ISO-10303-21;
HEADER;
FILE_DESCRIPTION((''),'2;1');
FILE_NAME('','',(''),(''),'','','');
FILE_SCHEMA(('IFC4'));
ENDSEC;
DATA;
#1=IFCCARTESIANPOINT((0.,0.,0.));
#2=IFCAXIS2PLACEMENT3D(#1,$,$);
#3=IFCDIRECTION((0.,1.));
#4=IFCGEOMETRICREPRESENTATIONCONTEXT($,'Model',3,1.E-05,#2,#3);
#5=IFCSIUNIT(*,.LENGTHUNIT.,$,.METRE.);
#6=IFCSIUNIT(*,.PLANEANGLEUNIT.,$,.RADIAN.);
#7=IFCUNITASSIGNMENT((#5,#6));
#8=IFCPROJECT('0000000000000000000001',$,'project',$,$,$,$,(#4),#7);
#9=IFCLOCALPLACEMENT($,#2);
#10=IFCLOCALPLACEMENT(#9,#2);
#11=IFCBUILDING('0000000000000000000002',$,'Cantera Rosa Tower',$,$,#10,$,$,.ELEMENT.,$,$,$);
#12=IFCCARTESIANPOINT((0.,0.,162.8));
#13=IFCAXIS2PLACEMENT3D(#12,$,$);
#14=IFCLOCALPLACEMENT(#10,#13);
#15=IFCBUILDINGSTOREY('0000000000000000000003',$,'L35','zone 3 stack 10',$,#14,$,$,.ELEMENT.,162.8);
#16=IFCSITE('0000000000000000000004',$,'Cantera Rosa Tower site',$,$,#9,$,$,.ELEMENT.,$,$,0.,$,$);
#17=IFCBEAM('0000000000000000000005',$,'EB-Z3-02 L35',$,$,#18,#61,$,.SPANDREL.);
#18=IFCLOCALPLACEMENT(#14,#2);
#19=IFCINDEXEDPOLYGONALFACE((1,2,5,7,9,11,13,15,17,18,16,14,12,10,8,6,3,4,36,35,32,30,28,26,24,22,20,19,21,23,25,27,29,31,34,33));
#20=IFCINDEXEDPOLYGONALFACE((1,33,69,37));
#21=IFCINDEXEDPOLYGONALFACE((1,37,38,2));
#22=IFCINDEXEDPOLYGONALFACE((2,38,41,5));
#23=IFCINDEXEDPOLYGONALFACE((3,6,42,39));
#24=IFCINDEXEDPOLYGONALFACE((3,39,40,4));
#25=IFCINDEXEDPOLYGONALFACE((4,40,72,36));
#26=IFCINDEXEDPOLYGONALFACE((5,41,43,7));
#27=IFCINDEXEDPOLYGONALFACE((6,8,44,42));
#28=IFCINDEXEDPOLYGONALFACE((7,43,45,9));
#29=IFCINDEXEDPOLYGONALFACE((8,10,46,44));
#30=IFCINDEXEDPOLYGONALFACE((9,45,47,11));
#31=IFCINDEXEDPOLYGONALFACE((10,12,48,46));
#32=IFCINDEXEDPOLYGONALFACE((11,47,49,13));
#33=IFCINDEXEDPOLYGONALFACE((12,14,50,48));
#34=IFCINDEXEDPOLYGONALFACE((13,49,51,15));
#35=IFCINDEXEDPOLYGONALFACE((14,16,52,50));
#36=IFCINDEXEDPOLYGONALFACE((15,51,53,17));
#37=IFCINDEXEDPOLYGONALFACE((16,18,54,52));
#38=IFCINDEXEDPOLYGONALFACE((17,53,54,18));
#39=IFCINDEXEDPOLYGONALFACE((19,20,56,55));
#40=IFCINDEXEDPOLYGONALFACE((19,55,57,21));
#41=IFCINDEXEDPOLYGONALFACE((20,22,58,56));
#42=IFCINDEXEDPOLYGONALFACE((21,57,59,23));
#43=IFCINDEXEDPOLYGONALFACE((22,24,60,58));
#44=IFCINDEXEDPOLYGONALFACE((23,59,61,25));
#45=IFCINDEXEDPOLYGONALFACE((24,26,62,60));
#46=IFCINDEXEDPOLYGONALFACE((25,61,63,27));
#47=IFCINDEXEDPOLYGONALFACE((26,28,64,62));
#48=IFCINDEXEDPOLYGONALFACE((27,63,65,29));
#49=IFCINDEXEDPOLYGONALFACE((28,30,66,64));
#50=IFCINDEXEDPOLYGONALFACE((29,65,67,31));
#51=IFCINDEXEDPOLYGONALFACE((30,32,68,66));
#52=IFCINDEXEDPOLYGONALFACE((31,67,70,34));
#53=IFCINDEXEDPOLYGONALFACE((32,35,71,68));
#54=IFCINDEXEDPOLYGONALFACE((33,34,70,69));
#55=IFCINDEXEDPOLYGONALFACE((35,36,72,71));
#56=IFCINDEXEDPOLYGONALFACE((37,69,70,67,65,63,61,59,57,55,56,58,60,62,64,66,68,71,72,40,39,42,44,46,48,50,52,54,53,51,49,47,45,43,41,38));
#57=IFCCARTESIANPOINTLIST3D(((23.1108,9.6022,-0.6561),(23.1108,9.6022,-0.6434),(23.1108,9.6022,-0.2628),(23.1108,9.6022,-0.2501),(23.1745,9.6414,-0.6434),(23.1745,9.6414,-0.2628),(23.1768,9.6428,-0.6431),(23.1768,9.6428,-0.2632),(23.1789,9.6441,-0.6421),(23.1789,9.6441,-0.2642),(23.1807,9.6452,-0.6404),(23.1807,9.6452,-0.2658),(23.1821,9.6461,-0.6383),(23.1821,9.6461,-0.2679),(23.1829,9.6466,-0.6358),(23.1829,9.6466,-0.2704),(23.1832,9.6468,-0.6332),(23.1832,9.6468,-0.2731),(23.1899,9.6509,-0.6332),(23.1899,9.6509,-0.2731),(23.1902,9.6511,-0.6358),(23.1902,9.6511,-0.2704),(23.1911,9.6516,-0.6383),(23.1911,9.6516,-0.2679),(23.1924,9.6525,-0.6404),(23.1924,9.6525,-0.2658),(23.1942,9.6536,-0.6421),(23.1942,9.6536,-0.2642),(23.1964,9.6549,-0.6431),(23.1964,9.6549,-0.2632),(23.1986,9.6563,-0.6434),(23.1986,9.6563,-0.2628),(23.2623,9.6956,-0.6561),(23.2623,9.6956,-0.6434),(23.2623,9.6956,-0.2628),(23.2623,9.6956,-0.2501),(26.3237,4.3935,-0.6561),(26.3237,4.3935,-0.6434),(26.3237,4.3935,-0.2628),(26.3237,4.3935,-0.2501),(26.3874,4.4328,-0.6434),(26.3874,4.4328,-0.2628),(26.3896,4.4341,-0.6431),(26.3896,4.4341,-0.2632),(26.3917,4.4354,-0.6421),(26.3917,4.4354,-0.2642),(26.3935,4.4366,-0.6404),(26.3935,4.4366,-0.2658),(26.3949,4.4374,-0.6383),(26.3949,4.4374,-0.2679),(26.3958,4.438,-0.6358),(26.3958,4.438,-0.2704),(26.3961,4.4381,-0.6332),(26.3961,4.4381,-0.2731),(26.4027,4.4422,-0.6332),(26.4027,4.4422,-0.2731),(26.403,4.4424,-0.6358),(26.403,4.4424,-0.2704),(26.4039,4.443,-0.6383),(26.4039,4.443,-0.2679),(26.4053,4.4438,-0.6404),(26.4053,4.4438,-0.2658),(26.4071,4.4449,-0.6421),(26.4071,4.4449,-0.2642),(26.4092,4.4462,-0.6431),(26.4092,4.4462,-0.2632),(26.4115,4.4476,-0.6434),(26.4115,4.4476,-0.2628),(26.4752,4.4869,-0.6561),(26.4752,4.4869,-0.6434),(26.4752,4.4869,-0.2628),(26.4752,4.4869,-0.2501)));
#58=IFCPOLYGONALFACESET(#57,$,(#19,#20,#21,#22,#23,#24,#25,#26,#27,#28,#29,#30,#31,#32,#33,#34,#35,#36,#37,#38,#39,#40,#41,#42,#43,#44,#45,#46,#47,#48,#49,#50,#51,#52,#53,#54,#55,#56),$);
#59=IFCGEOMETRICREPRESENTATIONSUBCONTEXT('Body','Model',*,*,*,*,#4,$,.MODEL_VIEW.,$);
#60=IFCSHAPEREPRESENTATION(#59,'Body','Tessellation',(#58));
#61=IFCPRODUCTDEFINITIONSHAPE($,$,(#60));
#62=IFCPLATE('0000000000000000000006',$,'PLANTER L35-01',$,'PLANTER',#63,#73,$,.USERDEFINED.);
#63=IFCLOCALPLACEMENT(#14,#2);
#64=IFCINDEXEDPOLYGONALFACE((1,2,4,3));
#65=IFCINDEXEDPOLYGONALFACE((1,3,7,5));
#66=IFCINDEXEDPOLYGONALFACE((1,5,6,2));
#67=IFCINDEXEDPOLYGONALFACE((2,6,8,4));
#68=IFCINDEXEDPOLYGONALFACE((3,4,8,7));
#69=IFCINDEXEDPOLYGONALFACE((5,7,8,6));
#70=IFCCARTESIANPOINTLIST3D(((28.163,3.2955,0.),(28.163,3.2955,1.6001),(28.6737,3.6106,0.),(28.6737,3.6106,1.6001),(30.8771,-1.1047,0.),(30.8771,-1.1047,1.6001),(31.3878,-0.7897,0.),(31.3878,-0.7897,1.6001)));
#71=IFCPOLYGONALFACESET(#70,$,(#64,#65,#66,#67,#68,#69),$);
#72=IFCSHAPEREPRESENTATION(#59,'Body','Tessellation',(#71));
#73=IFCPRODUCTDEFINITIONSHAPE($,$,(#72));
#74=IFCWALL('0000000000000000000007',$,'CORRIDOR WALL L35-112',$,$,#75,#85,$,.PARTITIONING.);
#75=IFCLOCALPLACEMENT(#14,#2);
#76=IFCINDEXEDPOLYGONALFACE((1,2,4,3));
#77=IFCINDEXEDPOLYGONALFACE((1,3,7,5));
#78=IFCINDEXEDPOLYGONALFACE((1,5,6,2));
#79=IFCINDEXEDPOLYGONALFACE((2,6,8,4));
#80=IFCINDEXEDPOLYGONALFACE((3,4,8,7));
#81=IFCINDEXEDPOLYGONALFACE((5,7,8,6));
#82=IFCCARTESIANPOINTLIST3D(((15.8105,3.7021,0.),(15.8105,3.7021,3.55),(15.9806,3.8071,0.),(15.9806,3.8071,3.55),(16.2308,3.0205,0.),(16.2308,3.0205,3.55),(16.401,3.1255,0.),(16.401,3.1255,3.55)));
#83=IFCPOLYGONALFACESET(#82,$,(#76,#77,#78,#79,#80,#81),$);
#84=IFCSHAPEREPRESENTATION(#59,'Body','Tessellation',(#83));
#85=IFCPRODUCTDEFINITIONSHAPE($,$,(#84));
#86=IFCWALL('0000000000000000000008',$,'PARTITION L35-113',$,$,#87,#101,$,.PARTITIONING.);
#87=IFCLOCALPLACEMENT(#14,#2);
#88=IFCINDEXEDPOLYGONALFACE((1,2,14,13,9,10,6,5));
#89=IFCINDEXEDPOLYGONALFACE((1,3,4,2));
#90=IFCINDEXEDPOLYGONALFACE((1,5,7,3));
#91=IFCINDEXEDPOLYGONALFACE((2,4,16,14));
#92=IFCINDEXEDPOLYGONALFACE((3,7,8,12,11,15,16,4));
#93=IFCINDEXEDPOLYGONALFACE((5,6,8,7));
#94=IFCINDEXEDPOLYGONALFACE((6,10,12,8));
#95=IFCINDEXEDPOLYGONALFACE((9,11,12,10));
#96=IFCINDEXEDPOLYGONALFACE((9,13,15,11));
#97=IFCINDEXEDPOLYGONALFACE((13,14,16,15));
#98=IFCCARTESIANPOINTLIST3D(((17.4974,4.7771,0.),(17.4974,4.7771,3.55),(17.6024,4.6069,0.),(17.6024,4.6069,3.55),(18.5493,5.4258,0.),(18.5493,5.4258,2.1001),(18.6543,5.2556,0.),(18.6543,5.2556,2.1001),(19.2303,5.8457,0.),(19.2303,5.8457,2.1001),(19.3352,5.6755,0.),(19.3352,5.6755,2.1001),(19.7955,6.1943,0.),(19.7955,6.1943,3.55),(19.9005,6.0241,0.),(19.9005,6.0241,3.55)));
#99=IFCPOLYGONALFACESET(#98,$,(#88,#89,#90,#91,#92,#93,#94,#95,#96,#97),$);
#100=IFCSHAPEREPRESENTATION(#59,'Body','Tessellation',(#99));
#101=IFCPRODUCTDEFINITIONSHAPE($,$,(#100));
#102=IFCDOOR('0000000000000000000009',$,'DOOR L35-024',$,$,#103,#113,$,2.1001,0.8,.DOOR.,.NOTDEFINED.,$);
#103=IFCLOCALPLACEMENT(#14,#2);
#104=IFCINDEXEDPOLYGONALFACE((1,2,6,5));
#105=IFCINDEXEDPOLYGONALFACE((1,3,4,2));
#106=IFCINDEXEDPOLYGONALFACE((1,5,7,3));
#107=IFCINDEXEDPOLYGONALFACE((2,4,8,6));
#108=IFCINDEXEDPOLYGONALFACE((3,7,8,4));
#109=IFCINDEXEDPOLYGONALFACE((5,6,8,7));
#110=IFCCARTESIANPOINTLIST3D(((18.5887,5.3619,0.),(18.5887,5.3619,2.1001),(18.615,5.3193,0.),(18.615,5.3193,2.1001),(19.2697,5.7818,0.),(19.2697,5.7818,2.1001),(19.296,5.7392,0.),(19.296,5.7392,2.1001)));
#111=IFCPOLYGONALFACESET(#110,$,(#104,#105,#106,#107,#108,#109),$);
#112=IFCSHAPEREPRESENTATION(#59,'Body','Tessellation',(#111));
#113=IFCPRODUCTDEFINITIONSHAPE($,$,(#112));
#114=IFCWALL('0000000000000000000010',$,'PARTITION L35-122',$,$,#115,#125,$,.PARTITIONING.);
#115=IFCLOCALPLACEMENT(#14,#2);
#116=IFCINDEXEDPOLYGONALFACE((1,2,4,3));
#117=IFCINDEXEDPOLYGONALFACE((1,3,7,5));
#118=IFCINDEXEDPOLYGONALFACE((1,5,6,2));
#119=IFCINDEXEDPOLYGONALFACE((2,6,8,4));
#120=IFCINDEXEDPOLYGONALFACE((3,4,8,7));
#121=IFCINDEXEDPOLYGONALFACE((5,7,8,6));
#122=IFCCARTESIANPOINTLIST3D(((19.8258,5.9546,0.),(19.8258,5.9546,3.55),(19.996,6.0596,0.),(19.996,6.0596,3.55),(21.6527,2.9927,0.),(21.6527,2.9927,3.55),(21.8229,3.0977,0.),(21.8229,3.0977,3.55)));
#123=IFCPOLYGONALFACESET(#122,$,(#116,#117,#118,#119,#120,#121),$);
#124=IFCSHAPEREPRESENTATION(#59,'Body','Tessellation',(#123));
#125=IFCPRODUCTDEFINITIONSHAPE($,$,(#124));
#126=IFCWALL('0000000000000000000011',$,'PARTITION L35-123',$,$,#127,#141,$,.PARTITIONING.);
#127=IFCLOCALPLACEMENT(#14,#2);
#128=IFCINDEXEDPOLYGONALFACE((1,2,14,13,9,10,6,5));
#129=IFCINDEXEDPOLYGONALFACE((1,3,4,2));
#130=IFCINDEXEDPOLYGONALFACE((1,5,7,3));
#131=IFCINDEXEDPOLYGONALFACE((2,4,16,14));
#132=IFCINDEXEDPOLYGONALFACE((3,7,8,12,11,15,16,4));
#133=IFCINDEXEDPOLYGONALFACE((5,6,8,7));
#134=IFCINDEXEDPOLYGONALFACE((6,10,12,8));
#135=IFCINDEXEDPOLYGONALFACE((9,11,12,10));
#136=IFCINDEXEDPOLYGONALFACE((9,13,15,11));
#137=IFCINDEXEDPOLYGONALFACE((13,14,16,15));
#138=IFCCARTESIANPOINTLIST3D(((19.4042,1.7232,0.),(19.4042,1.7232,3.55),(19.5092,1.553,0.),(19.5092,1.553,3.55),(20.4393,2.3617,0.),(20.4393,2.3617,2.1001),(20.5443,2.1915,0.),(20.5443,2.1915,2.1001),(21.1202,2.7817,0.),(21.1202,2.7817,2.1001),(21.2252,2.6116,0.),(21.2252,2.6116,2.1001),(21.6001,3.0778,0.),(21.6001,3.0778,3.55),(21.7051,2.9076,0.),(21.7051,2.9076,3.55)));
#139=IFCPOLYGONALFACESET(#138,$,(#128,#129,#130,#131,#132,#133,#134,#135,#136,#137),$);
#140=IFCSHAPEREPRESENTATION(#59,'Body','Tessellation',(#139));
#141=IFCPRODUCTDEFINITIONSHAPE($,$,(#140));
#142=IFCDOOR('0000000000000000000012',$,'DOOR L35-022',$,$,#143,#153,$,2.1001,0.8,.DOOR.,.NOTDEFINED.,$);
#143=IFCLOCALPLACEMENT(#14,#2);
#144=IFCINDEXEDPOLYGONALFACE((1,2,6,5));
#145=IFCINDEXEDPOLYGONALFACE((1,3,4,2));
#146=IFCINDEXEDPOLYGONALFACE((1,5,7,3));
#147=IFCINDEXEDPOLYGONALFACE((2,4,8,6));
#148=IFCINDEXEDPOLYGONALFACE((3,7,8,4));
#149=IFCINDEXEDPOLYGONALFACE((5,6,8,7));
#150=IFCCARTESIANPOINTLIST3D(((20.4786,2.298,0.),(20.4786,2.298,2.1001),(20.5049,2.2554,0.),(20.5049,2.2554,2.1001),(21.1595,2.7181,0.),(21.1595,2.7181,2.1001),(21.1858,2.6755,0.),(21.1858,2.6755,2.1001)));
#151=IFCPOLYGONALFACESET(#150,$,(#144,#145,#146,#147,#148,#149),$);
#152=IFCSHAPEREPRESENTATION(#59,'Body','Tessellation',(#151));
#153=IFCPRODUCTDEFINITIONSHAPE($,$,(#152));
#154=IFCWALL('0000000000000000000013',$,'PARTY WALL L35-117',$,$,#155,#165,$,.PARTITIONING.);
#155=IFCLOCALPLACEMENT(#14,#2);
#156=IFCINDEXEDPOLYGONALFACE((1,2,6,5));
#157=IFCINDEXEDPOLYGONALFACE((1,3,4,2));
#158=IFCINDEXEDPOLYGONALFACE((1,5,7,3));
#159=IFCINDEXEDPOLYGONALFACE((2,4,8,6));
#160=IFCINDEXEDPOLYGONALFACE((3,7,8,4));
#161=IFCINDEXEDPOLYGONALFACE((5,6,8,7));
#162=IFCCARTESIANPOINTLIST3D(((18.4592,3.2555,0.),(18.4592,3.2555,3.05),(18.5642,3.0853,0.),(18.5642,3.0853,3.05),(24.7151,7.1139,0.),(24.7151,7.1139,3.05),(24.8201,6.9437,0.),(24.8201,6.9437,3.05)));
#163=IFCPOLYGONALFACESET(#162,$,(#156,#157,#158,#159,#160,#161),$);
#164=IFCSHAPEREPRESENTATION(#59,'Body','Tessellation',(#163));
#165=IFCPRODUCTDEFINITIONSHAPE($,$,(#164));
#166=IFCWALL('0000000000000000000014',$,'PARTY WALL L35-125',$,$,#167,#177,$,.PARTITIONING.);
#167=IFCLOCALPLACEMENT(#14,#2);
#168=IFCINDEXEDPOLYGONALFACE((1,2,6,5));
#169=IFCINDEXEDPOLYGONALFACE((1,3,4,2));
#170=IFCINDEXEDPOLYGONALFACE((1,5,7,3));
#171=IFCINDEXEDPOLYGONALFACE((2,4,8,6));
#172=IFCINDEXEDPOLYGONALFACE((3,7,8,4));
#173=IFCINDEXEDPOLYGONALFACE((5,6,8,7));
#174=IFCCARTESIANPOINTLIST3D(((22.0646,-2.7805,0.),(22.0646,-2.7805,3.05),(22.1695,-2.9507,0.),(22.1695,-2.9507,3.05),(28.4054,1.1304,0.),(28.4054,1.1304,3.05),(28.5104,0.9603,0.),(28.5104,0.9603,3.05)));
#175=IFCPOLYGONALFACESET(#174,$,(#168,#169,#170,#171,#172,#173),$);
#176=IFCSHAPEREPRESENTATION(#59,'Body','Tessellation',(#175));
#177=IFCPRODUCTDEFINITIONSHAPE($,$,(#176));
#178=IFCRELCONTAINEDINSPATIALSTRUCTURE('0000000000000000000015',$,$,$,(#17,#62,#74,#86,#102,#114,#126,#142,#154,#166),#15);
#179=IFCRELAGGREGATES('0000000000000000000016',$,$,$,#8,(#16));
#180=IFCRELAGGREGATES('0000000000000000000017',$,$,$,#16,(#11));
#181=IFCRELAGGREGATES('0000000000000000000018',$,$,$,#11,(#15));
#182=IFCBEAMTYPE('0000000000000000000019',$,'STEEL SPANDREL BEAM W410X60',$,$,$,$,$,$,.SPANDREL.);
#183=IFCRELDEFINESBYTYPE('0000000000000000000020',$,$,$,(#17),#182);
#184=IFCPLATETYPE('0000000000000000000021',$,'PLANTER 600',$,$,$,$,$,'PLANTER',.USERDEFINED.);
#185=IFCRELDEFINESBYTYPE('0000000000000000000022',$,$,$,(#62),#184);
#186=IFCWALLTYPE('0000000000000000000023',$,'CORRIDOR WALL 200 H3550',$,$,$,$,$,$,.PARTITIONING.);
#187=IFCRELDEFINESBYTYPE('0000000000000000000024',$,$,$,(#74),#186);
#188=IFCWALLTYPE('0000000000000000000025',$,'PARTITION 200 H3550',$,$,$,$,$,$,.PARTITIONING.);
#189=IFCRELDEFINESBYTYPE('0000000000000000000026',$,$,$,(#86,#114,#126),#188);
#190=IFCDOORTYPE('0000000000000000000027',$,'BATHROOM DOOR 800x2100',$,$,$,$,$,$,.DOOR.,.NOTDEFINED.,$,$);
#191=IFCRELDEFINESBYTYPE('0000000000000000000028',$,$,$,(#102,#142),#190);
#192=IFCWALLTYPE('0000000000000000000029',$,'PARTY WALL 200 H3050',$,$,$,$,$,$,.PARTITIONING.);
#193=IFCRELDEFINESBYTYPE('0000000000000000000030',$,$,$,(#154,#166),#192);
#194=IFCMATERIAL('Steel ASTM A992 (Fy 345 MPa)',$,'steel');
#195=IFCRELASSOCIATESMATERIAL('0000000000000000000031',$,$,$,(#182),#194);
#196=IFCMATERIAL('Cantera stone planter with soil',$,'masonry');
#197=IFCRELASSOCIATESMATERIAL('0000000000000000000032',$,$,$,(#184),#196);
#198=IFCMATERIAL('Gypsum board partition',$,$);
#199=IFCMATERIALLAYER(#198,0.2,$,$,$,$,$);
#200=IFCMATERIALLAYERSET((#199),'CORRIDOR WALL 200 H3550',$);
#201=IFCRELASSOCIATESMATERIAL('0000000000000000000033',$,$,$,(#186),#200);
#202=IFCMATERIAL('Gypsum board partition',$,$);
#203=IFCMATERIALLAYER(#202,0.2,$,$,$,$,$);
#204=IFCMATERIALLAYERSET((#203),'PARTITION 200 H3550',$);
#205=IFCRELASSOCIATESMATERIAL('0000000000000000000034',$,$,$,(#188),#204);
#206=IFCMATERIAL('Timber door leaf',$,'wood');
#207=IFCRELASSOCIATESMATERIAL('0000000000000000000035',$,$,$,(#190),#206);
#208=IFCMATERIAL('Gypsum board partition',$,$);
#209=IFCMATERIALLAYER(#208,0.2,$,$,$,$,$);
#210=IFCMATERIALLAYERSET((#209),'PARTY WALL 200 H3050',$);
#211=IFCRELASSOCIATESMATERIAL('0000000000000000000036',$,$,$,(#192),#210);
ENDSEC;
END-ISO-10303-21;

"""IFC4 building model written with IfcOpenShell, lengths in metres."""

from ifc_helpers import new_model, si_unit, direction, frame, frame_2d, origin, origin_2d, place, context, subcontext, project, spatial, rectangle, i_section, extrude, material, layer, layer_set, material_profile, profile_set, type_object, element, fill, save


model = new_model("IFC4")

# Units and contexts
model_context = context("Model", 3, precision=1e-05, world=origin(), true_north=direction((0.0, 1.0)))
body_context = subcontext(model_context, "Body", "Model", "MODEL_VIEW")
ifc_project = project(units=[si_unit("LENGTHUNIT", "METRE"), si_unit("PLANEANGLEUNIT", "RADIAN")], contexts=[model_context])

# Site, building, storey
site_placement = place(None, origin())
site = spatial("IfcSite", under=ifc_project, at=site_placement, Name="Cantera Rosa Tower site", CompositionType="ELEMENT", RefElevation=0.0)
building_placement = place(site_placement, origin())
building = spatial("IfcBuilding", under=site, at=building_placement, Name="Cantera Rosa Tower", CompositionType="ELEMENT")
storey_placement = place(building_placement, frame((0.0, 0.0, 162.8)))
storey = spatial("IfcBuildingStorey", under=building, at=storey_placement, Name="L35", Description="zone 3 stack 10", CompositionType="ELEMENT", Elevation=162.8)

# Beam
ifc_material_1 = material(Name="Steel ASTM A992 (Fy 345 MPa)", Category="steel")
ifc_material_profile_1 = material_profile(ifc_material_1, i_section(OverallWidth=0.178, OverallDepth=0.406, WebThickness=0.0078, FlangeThickness=0.0127, FilletRadius=0.0103, at=origin_2d()), Name="W410X60")
ifc_profile_set_1 = profile_set([ifc_material_profile_1], Name="Steel ASTM A992 (Fy 345 MPa)")
beam_type_1 = type_object("IfcBeamType", Name="STEEL SPANDREL BEAM W410X60", PredefinedType="SPANDREL", material=ifc_profile_set_1)
beam_1_placement = place(storey_placement, frame((26.3994, 4.4402, -0.4531), z_axis=(-0.524987, 0.85111, 0.0), x_axis=(-0.85111, -0.524987, 0.0)))
element("IfcBeam", 1, at=beam_1_placement, inside=storey, type_object=beam_type_1, Name="EB-Z3-02 L35", PredefinedType="SPANDREL", context=body_context, shape_type="SweptSolid", body=[
    extrude(i_section(OverallWidth=0.178, OverallDepth=0.406, WebThickness=0.0078, FlangeThickness=0.0127, FilletRadius=0.0103, at=origin_2d()), origin(), (0.0, 0.0, 1.0), 6.1199),
])

# Plate
ifc_material_2 = material(Name="Cantera stone planter with soil", Category="masonry")
plate_type = type_object("IfcPlateType", Name="PLANTER 600", ElementType="PLANTER", PredefinedType="USERDEFINED", material=ifc_material_2)
plate_placement = place(storey_placement, frame((29.7754, 1.2529, 0.0), z_axis=(0.0, 0.0, 1.0), x_axis=(-0.524977, 0.851117, 0.0)))
element("IfcPlate", 2, at=plate_placement, inside=storey, type_object=plate_type, Name="PLANTER L35-01", ObjectType="PLANTER", PredefinedType="USERDEFINED", context=body_context, shape_type="SweptSolid", body=[
    extrude(rectangle(XDim=5.1699, YDim=0.6001, at=origin_2d()), origin(), (0.0, 0.0, 1.0), 1.6001),
])

# Wall
ifc_material_3 = material(Name="Gypsum board partition")
ifc_layer_1 = layer(ifc_material_3, 0.2)
ifc_layer_set_1 = layer_set([ifc_layer_1], Name="CORRIDOR WALL 200 H3550")
wall_type_1 = type_object("IfcWallType", Name="CORRIDOR WALL 200 H3550", PredefinedType="PARTITIONING", material=ifc_layer_set_1)
wall_1_placement = place(storey_placement, frame((16.3159, 3.073, 0.0), z_axis=(0.0, 0.0, 1.0), x_axis=(-0.524948, 0.851135, 0.0)))
element("IfcWall", 3, at=wall_1_placement, inside=storey, type_object=wall_type_1, Name="CORRIDOR WALL L35-112", PredefinedType="PARTITIONING", context=body_context, shape_type="SweptSolid", body=[
    extrude(rectangle(XDim=0.8008, YDim=0.2, at=frame_2d((0.4004, 0.0))), origin(), (0.0, 0.0, 1.0), 3.55),
])

# Wall, opening, door
ifc_material_4 = material(Name="Gypsum board partition")
ifc_layer_2 = layer(ifc_material_4, 0.2)
ifc_layer_set_2 = layer_set([ifc_layer_2], Name="PARTITION 200 H3550")
wall_type_2 = type_object("IfcWallType", Name="PARTITION 200 H3550", PredefinedType="PARTITIONING", material=ifc_layer_set_2)
wall_2_placement = place(storey_placement, frame((17.5498, 4.6919, 0.0), z_axis=(0.0, 0.0, 1.0), x_axis=(0.851158, 0.524909, 0.0)))
wall_2 = element("IfcWall", 4, at=wall_2_placement, inside=storey, type_object=wall_type_2, Name="PARTITION L35-113", PredefinedType="PARTITIONING", context=body_context, shape_type="SweptSolid", body=[
    extrude(rectangle(XDim=2.7, YDim=0.2, at=frame_2d((1.3501, 0.0))), origin(), (0.0, 0.0, 1.0), 3.55),
])
opening_1_placement = place(wall_2_placement, frame((1.2361, 0.0, 0.0)))
opening_1 = element("IfcOpeningElement", 5, at=opening_1_placement, cuts=wall_2, PredefinedType="OPENING", context=body_context, shape_type="SweptSolid", body=[
    extrude(rectangle(XDim=0.8, YDim=2.1001, at=frame_2d((0.3999, 1.05))), frame((0.0, 0.1099, 0.0), z_axis=(0.0, -1.0, 0.0), x_axis=(1.0, 0.0, 0.0)), (0.0, 0.0, 1.0), 0.22),
])
ifc_material_5 = material(Name="Timber door leaf", Category="wood")
door_type_1 = type_object("IfcDoorType", Name="BATHROOM DOOR 800x2100", OperationType="NOTDEFINED", PredefinedType="DOOR", material=ifc_material_5)
door_1_placement = place(opening_1_placement, origin())
door_1 = element("IfcDoor", 6, at=door_1_placement, inside=storey, type_object=door_type_1, Name="DOOR L35-024", OperationType="NOTDEFINED", OverallHeight=2.1001, OverallWidth=0.8, PredefinedType="DOOR", context=body_context, shape_type="SweptSolid", body=[
    extrude(rectangle(XDim=0.8, YDim=2.1001, at=frame_2d((0.3999, 1.05))), frame((0.0, 0.0249, 0.0), z_axis=(0.0, -1.0, 0.0), x_axis=(1.0, 0.0, 0.0)), (0.0, 0.0, 1.0), 0.05),
])
fill(opening_1, door_1)

# Wall
wall_3_placement = place(storey_placement, frame((19.9109, 6.0071, 0.0), z_axis=(0.0, 0.0, 1.0), x_axis=(0.52497, -0.851121, 0.0)))
element("IfcWall", 7, at=wall_3_placement, inside=storey, type_object=wall_type_2, Name="PARTITION L35-122", PredefinedType="PARTITIONING", context=body_context, shape_type="SweptSolid", body=[
    extrude(rectangle(XDim=3.48, YDim=0.2, at=frame_2d((1.74, 0.0))), origin(), (0.0, 0.0, 1.0), 3.55),
])

# Wall, opening, door
wall_4_placement = place(storey_placement, frame((21.6526, 2.9927, 0.0), z_axis=(0.0, 0.0, 1.0), x_axis=(-0.851099, -0.525005, 0.0)))
wall_4 = element("IfcWall", 8, at=wall_4_placement, inside=storey, type_object=wall_type_2, Name="PARTITION L35-123", PredefinedType="PARTITIONING", context=body_context, shape_type="SweptSolid", body=[
    extrude(rectangle(XDim=2.5801, YDim=0.2, at=frame_2d((1.29, 0.0))), origin(), (0.0, 0.0, 1.0), 3.55),
])
opening_2_placement = place(wall_4_placement, frame((0.564, 0.0, 0.0)))
opening_2 = element("IfcOpeningElement", 9, at=opening_2_placement, cuts=wall_4, PredefinedType="OPENING", context=body_context, shape_type="SweptSolid", body=[
    extrude(rectangle(XDim=0.8, YDim=2.1001, at=frame_2d((0.3999, 1.05))), frame((0.0, 0.1099, 0.0), z_axis=(0.0, -1.0, 0.0), x_axis=(1.0, 0.0, 0.0)), (0.0, 0.0, 1.0), 0.22),
])
door_2_placement = place(opening_2_placement, origin())
door_2 = element("IfcDoor", 10, at=door_2_placement, inside=storey, type_object=door_type_1, Name="DOOR L35-022", OperationType="NOTDEFINED", OverallHeight=2.1001, OverallWidth=0.8, PredefinedType="DOOR", context=body_context, shape_type="SweptSolid", body=[
    extrude(rectangle(XDim=0.8, YDim=2.1001, at=frame_2d((0.3999, 1.05))), frame((0.0, 0.0249, 0.0), z_axis=(0.0, -1.0, 0.0), x_axis=(1.0, 0.0, 0.0)), (0.0, 0.0, 1.0), 0.05),
])
fill(opening_2, door_2)

# Walls
ifc_material_6 = material(Name="Gypsum board partition")
ifc_layer_3 = layer(ifc_material_6, 0.2)
ifc_layer_set_3 = layer_set([ifc_layer_3], Name="PARTY WALL 200 H3050")
wall_type_3 = type_object("IfcWallType", Name="PARTY WALL 200 H3050", PredefinedType="PARTITIONING", material=ifc_layer_set_3)
wall_5_placement = place(storey_placement, frame((18.5117, 3.1704, 0.0), z_axis=(0.0, 0.0, 1.0), x_axis=(0.851133, 0.52495, 0.0)))
element("IfcWall", 11, at=wall_5_placement, inside=storey, type_object=wall_type_3, Name="PARTY WALL L35-117", PredefinedType="PARTITIONING", context=body_context, shape_type="SweptSolid", body=[
    extrude(rectangle(XDim=7.3501, YDim=0.2, at=frame_2d((3.675, 0.0))), origin(), (0.0, 0.0, 1.0), 3.05),
])
wall_6_placement = place(storey_placement, frame((28.458, 1.0454, 0.0), z_axis=(0.0, 0.0, 1.0), x_axis=(-0.851128, -0.524958, 0.0)))
element("IfcWall", 12, at=wall_6_placement, inside=storey, type_object=wall_type_3, Name="PARTY WALL L35-125", PredefinedType="PARTITIONING", context=body_context, shape_type="SweptSolid", body=[
    extrude(rectangle(XDim=7.45, YDim=0.2, at=frame_2d((3.7251, 0.0))), origin(), (0.0, 0.0, 1.0), 3.05),
])

save(model, "model.ifc")
